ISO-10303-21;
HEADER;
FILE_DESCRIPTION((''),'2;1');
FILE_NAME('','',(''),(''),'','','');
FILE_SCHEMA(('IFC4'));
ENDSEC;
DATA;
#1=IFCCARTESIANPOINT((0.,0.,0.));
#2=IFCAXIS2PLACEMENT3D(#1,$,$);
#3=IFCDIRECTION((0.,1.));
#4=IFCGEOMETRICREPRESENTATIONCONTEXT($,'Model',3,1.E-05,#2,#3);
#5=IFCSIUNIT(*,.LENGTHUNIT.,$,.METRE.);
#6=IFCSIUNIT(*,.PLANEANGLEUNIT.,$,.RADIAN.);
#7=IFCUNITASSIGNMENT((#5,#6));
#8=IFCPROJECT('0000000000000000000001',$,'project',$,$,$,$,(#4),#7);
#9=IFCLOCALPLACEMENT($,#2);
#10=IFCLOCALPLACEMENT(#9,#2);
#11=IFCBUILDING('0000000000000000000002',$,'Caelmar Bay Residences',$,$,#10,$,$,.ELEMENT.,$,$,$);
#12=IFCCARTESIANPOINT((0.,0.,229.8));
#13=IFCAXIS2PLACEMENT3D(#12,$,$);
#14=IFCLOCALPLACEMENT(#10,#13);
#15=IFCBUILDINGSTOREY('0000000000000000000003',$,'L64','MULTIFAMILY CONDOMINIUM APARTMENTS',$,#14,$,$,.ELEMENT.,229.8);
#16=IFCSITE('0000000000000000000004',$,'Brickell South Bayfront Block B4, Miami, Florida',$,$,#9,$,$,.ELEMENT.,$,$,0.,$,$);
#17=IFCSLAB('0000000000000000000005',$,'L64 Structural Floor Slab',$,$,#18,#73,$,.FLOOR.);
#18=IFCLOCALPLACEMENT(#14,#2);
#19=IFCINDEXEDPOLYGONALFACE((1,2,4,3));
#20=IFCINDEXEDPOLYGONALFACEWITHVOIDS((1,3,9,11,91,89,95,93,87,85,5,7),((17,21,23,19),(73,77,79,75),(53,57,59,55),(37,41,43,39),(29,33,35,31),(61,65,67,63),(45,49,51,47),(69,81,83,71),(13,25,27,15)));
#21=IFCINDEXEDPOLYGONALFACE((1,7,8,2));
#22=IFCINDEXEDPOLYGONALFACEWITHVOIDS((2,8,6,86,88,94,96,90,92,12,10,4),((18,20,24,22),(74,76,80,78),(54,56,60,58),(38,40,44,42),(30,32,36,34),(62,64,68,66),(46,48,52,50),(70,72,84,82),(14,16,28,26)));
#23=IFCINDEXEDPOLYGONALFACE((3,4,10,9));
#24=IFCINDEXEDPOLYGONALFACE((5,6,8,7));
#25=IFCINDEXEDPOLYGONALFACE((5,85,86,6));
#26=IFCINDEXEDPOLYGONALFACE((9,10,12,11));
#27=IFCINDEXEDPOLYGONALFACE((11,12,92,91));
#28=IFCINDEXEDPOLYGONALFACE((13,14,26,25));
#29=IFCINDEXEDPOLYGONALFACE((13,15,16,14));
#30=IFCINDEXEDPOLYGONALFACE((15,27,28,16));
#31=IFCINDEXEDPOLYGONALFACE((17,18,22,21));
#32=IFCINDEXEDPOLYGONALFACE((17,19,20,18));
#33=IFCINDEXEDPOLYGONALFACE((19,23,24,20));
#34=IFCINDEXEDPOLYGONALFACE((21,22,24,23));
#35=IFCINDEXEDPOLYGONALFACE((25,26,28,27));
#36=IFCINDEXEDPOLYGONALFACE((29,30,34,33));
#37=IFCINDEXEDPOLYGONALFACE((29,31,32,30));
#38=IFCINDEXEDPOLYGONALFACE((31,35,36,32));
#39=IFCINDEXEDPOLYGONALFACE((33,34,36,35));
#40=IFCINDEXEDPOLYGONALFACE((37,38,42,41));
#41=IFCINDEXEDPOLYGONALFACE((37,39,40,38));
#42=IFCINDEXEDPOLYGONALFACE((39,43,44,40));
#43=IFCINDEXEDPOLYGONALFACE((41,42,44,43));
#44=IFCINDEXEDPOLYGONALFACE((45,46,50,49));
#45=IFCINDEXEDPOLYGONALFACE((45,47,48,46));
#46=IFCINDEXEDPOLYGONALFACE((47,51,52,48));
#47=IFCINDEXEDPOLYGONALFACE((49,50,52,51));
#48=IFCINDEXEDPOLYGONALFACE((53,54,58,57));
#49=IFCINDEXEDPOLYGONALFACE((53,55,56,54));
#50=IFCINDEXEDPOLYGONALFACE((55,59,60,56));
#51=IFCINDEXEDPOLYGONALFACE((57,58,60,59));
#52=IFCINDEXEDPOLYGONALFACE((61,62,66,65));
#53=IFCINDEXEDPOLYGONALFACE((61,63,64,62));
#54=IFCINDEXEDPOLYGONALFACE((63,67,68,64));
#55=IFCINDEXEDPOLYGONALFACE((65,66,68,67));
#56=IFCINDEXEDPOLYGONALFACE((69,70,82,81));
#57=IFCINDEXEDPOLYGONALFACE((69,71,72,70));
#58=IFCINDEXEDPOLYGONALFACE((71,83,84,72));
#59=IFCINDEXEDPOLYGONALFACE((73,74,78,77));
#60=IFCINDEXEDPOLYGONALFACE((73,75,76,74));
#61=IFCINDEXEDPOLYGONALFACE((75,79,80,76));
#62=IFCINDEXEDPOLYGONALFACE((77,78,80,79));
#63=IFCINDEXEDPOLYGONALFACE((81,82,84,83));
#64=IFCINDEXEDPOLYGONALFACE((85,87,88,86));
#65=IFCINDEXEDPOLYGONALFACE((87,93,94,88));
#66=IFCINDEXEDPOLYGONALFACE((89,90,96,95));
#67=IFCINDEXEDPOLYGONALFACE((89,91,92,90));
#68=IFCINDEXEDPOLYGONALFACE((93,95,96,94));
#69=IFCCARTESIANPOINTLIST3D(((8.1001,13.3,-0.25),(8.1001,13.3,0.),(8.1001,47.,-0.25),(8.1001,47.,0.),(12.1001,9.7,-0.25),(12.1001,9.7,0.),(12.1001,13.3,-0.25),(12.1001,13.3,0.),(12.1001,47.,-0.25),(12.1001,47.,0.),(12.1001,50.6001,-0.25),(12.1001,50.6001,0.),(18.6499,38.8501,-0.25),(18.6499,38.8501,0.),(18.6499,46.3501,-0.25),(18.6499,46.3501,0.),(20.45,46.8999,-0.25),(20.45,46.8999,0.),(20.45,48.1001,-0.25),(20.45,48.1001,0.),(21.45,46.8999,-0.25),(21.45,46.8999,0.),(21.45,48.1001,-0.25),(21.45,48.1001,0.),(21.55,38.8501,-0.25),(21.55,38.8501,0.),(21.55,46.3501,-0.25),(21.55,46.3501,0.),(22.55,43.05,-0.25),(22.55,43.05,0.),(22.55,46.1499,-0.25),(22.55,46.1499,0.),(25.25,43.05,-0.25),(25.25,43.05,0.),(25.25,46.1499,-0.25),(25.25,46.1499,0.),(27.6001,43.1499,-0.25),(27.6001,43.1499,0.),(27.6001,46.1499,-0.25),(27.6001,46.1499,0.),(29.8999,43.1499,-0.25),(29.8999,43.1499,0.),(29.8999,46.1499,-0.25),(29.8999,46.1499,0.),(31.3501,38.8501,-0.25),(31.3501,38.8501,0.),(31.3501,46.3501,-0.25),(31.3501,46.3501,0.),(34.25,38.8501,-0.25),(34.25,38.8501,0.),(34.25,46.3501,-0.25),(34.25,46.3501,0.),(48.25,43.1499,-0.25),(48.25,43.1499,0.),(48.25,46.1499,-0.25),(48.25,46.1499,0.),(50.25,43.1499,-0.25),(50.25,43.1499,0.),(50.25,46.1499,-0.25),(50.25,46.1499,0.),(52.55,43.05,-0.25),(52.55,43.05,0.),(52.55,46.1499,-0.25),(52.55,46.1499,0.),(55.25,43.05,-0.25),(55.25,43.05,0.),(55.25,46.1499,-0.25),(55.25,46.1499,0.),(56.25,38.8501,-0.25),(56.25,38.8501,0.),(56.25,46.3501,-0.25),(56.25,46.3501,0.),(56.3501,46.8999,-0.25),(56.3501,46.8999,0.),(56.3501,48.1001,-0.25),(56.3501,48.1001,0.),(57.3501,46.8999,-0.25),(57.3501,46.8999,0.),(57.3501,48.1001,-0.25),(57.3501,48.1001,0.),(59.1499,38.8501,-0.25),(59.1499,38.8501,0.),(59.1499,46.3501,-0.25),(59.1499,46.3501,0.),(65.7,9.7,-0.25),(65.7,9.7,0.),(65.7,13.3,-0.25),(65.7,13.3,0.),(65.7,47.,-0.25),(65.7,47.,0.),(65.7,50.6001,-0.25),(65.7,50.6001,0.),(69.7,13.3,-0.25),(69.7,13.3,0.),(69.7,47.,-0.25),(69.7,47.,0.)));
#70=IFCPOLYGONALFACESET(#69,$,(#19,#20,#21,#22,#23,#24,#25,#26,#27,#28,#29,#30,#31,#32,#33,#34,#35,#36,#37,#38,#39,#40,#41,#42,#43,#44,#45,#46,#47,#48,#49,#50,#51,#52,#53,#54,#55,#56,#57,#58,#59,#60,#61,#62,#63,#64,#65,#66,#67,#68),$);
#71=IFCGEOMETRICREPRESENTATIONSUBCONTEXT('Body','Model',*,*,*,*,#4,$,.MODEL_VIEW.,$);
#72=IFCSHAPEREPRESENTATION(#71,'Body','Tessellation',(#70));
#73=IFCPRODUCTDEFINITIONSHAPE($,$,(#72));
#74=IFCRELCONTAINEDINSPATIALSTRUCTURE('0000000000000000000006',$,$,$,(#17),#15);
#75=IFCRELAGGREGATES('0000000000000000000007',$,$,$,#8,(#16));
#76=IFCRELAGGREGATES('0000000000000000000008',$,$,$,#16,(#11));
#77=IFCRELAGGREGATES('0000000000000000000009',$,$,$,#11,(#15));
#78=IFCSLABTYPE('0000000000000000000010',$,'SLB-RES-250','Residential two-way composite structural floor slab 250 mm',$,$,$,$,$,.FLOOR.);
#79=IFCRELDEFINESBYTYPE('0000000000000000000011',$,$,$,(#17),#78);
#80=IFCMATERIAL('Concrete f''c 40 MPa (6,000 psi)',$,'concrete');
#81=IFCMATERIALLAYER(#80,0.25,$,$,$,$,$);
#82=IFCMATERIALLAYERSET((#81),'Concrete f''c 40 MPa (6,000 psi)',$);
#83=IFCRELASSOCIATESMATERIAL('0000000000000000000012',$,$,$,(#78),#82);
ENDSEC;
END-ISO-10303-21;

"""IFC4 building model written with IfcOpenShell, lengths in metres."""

from ifc_helpers import new_model, si_unit, direction, frame, origin, place, context, subcontext, project, spatial, polyline, outline, extrude, material, layer, layer_set, type_object, element, save


model = new_model("IFC4")

# Units and contexts
model_context = context("Model", 3, precision=1e-05, world=origin(), true_north=direction((0.0, 1.0)))
body_context = subcontext(model_context, "Body", "Model", "MODEL_VIEW")
ifc_project = project(units=[si_unit("LENGTHUNIT", "METRE"), si_unit("PLANEANGLEUNIT", "RADIAN")], contexts=[model_context])

# Site, building, storey
site_placement = place(None, origin())
site = spatial("IfcSite", under=ifc_project, at=site_placement, Name="Brickell South Bayfront Block B4, Miami, Florida", CompositionType="ELEMENT", RefElevation=0.0)
building_placement = place(site_placement, origin())
building = spatial("IfcBuilding", under=site, at=building_placement, Name="Caelmar Bay Residences", CompositionType="ELEMENT")
storey_placement = place(building_placement, frame((0.0, 0.0, 229.8)))
storey = spatial("IfcBuildingStorey", under=building, at=storey_placement, Name="L64", Description="MULTIFAMILY CONDOMINIUM APARTMENTS", CompositionType="ELEMENT", Elevation=229.8)

# Shared definitions
ifc_material_1 = material(Name="Concrete f'c 40 MPa (6,000 psi)", Category="concrete")

# Slab
ifc_layer_1 = layer(ifc_material_1, 0.25)
ifc_layer_set_1 = layer_set([ifc_layer_1], Name="Concrete f'c 40 MPa (6,000 psi)")
slab_type_1 = type_object("IfcSlabType", Name="SLB-RES-250", Description="Residential two-way composite structural floor slab 250 mm", PredefinedType="FLOOR", material=ifc_layer_set_1)
slab_1_placement = place(storey_placement, frame((0.0, 0.0, -0.25)))
element("IfcSlab", 1, at=slab_1_placement, inside=storey, type_object=slab_type_1, Name="L64 Structural Floor Slab", PredefinedType="FLOOR", context=body_context, shape_type="SweptSolid", body=[
    extrude(outline(polyline([(12.1001, 9.7), (65.7, 9.7), (65.7, 13.3), (69.7, 13.3), (69.7, 47.0), (65.7, 47.0), (65.7, 50.6001), (12.1001, 50.6001), (12.1001, 47.0), (8.1001, 47.0), (8.1001, 13.3), (12.1001, 13.3), (12.1001, 9.7)]), holes=[polyline([(18.6499, 38.8501), (21.55, 38.8501), (21.55, 46.3501), (18.6499, 46.3501), (18.6499, 38.8501)]), polyline([(56.25, 38.8501), (59.1499, 38.8501), (59.1499, 46.3501), (56.25, 46.3501), (56.25, 38.8501)]), polyline([(31.3501, 38.8501), (34.25, 38.8501), (34.25, 46.3501), (31.3501, 46.3501), (31.3501, 38.8501)]), polyline([(22.55, 43.05), (25.25, 43.05), (25.25, 46.1499), (22.55, 46.1499), (22.55, 43.05)]), polyline([(52.55, 43.05), (55.25, 43.05), (55.25, 46.1499), (52.55, 46.1499), (52.55, 43.05)]), polyline([(48.25, 43.1499), (50.25, 43.1499), (50.25, 46.1499), (48.25, 46.1499), (48.25, 43.1499)]), polyline([(27.6001, 43.1499), (29.8999, 43.1499), (29.8999, 46.1499), (27.6001, 46.1499), (27.6001, 43.1499)]), polyline([(20.45, 46.8999), (21.45, 46.8999), (21.45, 48.1001), (20.45, 48.1001), (20.45, 46.8999)]), polyline([(56.3501, 46.8999), (57.3501, 46.8999), (57.3501, 48.1001), (56.3501, 48.1001), (56.3501, 46.8999)])]), origin(), (0.0, 0.0, 1.0), 0.25),
])

save(model, "model.ifc")
